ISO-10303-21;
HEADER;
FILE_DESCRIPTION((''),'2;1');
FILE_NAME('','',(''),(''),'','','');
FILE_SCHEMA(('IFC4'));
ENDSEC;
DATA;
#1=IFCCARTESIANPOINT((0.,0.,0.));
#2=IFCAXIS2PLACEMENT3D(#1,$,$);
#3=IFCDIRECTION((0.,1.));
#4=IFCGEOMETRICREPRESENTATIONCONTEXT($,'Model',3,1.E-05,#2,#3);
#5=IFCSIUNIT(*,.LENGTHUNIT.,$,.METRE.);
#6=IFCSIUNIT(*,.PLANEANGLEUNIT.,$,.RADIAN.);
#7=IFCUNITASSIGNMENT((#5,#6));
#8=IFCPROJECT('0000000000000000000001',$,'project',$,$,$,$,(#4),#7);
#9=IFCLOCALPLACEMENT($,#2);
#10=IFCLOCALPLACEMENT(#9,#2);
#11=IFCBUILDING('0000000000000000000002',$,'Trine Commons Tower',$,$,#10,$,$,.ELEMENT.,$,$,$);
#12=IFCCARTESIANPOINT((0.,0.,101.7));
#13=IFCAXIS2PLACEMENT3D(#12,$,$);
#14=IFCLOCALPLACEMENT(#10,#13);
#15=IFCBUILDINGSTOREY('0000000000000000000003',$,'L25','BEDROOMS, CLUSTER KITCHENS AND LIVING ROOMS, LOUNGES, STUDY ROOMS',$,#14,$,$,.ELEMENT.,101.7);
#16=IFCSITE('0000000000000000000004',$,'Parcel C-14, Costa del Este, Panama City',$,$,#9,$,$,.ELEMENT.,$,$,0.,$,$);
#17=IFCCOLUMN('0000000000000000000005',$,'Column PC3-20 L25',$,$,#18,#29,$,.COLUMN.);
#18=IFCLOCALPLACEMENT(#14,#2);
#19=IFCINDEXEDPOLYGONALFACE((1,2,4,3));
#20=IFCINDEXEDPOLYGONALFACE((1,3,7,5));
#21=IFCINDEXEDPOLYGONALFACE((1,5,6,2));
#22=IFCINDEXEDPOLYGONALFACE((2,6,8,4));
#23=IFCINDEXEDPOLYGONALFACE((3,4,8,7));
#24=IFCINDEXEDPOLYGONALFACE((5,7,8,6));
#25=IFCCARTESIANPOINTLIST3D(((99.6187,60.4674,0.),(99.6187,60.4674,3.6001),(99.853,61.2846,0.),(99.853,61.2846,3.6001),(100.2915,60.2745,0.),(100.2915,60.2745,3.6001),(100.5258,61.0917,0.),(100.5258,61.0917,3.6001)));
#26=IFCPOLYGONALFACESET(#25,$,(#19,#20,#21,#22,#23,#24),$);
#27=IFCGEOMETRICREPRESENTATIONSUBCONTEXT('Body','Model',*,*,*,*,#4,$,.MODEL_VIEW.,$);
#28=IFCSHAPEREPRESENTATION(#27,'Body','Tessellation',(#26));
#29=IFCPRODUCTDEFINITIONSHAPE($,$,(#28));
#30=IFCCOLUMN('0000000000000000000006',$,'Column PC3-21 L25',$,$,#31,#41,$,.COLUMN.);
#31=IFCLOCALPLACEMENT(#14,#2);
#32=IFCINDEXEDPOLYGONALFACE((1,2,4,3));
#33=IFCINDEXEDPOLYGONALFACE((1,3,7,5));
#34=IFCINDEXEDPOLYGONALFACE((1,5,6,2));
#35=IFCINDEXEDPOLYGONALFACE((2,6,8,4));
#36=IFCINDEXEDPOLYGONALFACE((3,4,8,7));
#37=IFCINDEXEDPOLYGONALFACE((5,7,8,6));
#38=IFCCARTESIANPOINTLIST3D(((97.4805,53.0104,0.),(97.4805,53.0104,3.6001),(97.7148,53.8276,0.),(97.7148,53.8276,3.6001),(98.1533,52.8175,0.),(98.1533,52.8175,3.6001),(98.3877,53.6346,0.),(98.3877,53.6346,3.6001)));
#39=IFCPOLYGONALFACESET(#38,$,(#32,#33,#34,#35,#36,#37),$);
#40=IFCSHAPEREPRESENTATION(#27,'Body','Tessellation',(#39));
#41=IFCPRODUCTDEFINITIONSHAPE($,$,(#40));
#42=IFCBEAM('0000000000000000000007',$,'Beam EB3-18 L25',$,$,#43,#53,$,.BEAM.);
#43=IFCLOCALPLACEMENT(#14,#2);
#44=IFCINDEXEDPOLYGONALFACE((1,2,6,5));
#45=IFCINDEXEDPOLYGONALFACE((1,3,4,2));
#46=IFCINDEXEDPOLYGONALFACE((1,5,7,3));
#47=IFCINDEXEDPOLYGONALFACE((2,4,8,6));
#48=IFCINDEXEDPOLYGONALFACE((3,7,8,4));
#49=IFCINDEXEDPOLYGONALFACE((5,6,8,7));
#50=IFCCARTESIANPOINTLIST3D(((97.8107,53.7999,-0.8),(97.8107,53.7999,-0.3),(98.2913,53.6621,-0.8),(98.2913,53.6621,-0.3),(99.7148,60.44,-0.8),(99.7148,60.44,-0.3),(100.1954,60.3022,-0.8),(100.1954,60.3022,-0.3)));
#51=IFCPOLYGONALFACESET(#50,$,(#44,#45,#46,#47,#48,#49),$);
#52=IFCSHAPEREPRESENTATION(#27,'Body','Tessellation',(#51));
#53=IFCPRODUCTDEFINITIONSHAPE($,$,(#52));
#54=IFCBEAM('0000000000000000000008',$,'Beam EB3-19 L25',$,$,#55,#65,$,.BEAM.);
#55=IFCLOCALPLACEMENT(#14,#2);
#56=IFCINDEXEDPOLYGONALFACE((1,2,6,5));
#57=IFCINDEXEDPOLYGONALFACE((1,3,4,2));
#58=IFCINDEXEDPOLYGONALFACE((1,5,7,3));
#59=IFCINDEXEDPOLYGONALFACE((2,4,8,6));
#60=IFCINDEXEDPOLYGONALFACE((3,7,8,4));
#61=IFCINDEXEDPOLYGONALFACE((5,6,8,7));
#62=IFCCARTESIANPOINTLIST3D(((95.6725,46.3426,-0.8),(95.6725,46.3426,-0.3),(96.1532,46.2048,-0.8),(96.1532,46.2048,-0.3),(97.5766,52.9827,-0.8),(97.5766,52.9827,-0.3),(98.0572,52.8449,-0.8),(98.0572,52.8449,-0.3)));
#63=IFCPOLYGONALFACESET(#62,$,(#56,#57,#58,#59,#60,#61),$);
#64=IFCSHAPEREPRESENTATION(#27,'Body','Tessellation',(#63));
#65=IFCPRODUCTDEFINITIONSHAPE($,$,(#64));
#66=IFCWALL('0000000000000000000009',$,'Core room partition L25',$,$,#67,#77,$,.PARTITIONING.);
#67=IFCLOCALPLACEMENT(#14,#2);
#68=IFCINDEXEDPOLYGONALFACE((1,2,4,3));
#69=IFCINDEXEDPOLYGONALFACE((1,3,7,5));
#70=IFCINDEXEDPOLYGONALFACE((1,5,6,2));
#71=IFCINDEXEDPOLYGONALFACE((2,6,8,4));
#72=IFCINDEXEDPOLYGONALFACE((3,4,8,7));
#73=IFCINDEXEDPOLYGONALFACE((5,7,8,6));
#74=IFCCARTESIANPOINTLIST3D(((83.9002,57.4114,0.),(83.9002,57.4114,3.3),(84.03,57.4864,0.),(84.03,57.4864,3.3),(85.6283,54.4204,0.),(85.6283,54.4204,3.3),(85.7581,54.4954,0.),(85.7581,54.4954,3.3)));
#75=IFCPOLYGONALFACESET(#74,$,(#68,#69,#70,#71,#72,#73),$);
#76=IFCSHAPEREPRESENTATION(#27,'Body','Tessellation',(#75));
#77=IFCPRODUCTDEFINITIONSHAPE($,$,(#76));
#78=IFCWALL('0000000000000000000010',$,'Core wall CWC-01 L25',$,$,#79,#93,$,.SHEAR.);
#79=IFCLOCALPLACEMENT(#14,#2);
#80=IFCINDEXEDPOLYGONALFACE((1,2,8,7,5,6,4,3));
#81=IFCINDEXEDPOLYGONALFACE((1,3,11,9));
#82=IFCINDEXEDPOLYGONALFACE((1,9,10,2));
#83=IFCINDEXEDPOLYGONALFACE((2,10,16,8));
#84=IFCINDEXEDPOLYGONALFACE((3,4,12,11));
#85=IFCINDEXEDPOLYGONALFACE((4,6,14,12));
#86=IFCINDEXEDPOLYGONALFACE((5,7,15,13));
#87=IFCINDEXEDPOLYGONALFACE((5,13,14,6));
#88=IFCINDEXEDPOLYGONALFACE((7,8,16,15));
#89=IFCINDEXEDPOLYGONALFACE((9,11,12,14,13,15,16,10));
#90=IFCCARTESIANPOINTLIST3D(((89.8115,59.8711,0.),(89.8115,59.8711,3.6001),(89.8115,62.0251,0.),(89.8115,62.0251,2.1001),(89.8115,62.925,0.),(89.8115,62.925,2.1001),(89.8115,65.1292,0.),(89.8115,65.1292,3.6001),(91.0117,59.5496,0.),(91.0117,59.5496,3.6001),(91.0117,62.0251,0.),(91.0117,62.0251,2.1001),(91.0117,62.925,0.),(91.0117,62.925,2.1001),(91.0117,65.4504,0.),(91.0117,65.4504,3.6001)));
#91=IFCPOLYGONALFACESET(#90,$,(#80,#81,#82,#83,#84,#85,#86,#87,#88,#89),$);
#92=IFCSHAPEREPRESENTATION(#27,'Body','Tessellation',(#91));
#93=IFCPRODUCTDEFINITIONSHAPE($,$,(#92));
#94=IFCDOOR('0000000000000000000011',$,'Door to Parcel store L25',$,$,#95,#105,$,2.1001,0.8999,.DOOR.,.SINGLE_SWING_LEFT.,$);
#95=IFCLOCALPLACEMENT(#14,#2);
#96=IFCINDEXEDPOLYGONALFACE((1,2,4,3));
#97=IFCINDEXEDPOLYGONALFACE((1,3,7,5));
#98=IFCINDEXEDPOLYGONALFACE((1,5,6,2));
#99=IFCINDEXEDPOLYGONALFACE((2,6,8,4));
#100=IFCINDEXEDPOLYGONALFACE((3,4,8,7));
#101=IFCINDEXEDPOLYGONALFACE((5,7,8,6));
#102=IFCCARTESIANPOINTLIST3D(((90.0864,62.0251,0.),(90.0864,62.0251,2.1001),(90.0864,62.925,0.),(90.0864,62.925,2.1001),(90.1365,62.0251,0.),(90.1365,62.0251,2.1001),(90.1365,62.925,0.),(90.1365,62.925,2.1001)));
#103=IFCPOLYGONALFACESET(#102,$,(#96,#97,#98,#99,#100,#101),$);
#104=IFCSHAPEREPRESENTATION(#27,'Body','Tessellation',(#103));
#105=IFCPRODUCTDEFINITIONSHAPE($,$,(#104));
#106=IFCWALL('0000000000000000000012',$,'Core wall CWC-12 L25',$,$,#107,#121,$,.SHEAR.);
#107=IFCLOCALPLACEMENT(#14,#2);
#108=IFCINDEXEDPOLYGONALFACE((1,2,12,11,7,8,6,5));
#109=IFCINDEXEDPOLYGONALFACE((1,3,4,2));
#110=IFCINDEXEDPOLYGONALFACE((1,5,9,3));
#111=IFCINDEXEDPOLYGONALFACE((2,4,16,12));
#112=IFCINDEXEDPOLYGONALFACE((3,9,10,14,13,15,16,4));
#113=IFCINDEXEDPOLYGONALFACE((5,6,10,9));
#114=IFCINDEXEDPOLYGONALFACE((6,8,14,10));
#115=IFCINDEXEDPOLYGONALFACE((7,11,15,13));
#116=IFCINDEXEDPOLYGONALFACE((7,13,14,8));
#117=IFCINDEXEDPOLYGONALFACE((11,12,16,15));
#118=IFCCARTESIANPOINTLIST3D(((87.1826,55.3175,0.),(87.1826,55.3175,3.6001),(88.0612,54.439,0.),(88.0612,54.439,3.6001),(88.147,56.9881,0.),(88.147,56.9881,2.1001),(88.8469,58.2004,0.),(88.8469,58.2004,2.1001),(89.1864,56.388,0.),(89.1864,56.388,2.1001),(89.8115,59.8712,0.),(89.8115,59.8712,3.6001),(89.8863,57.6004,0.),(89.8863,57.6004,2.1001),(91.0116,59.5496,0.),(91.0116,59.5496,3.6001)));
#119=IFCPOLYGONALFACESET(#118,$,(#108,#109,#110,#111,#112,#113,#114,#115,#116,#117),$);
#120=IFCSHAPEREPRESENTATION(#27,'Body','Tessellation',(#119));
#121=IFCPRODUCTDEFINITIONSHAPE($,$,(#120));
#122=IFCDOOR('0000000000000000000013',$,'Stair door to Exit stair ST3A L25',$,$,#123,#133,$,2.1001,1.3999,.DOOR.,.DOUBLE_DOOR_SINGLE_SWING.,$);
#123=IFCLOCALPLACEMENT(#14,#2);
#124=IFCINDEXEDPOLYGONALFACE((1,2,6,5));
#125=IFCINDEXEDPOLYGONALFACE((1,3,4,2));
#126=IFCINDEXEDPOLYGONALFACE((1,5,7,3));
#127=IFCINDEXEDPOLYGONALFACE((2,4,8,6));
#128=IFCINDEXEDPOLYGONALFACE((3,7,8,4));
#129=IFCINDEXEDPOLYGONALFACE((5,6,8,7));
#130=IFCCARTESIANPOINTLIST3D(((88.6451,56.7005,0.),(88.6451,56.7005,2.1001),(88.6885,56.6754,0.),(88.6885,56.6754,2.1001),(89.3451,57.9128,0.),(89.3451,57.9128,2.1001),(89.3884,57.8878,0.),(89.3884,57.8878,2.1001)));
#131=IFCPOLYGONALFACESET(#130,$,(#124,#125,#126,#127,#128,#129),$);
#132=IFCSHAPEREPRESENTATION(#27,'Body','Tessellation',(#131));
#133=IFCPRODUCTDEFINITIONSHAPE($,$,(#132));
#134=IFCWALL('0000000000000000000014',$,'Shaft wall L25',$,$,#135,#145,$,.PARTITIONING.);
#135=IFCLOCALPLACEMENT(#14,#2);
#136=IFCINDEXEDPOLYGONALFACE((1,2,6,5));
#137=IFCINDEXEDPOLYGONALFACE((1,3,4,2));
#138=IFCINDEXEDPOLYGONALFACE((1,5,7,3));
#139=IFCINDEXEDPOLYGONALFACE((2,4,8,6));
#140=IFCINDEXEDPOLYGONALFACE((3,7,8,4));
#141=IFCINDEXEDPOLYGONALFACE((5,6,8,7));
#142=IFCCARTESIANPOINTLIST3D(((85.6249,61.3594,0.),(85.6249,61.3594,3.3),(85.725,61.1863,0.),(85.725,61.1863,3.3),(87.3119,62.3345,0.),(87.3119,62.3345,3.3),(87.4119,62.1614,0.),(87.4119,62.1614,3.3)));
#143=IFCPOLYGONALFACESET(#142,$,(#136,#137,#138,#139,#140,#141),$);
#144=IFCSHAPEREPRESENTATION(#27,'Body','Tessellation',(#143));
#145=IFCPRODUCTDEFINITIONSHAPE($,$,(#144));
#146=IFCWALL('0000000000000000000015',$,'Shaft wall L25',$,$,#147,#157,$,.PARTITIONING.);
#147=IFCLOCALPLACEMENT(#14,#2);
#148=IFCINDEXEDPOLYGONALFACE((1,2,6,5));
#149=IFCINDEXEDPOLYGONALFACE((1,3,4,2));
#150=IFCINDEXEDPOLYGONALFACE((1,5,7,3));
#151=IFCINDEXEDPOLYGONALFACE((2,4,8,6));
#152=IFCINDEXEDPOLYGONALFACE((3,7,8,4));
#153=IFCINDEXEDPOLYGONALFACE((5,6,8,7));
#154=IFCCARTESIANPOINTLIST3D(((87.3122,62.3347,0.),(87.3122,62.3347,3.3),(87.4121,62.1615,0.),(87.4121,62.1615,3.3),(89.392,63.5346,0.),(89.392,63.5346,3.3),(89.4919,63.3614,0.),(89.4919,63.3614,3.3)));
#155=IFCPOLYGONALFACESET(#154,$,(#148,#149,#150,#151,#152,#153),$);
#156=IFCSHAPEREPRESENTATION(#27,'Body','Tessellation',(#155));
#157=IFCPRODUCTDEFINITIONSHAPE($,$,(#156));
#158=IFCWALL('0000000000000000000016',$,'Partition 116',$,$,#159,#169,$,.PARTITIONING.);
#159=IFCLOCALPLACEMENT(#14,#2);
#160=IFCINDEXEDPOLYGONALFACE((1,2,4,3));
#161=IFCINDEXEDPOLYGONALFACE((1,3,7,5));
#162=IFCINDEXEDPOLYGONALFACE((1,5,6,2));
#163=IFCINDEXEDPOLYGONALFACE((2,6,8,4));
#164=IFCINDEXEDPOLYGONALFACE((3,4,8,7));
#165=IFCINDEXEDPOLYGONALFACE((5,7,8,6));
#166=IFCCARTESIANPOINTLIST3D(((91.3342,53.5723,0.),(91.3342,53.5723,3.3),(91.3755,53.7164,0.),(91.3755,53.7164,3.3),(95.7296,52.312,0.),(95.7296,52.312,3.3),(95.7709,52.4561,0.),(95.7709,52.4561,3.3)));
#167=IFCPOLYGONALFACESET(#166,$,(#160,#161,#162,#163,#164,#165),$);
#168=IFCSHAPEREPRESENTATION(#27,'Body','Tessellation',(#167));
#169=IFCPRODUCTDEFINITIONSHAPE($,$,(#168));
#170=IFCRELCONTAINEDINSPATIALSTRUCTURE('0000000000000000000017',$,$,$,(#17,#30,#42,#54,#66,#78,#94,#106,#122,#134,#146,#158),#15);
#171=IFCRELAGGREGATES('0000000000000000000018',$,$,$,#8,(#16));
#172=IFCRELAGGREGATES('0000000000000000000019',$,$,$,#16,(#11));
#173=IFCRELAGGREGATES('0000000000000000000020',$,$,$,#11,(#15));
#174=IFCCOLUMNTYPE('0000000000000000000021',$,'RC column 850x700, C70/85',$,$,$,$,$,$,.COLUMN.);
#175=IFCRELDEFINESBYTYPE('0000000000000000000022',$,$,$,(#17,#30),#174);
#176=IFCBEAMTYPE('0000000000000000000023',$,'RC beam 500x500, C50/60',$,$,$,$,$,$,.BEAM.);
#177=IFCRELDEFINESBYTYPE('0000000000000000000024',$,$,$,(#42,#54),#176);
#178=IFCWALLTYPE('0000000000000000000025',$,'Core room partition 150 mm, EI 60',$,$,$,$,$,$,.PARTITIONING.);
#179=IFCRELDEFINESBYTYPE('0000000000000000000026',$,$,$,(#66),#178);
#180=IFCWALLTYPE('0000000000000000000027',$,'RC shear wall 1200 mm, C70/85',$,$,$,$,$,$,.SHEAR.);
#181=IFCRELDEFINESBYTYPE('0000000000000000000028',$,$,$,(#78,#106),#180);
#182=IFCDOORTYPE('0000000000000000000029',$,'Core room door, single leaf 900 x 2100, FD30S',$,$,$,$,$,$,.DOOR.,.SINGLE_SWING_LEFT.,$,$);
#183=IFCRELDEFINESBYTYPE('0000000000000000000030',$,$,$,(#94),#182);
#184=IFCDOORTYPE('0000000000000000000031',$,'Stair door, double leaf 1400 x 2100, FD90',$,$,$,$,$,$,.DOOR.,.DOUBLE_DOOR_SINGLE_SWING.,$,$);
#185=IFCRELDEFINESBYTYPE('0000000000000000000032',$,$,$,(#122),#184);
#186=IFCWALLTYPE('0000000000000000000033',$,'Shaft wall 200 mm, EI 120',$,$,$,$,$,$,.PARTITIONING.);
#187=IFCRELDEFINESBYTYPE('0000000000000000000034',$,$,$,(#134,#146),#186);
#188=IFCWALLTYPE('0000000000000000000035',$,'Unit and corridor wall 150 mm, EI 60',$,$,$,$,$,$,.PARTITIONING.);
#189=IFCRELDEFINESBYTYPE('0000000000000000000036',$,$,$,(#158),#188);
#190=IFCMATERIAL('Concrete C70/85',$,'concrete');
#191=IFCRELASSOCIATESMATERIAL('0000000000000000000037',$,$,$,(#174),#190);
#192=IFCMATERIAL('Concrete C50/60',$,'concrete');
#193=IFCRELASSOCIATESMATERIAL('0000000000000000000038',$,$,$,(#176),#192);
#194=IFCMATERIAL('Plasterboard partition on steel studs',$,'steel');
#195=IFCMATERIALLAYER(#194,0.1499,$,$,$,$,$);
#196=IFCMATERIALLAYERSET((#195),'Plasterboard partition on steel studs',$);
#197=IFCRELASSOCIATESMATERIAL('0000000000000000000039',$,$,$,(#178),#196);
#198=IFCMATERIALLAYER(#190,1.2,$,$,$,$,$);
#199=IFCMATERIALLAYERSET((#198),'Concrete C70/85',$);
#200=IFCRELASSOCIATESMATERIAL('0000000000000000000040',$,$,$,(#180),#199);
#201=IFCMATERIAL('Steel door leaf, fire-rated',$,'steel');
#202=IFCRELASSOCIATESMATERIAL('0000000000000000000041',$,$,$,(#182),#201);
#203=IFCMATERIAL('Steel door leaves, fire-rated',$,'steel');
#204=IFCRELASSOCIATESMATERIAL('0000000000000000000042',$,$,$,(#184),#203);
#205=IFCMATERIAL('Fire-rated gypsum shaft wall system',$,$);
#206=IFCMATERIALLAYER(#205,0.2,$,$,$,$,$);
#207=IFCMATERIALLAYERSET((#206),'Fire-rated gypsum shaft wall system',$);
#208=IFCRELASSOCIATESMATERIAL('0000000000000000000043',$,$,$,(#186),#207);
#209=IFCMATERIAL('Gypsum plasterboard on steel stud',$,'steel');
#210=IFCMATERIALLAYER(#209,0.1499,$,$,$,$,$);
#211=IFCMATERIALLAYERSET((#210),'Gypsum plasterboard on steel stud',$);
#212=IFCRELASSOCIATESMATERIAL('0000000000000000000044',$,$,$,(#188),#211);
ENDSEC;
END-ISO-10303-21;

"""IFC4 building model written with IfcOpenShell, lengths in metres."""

from ifc_helpers import new_model, si_unit, direction, frame, frame_2d, origin, origin_2d, place, context, subcontext, project, spatial, polyline, rectangle, outline, extrude, material, layer, layer_set, material_profile, profile_set, type_object, element, fill, save


model = new_model("IFC4")

# Units and contexts
model_context = context("Model", 3, precision=1e-05, world=origin(), true_north=direction((0.0, 1.0)))
body_context = subcontext(model_context, "Body", "Model", "MODEL_VIEW")
ifc_project = project(units=[si_unit("LENGTHUNIT", "METRE"), si_unit("PLANEANGLEUNIT", "RADIAN")], contexts=[model_context])

# Site, building, storey
site_placement = place(None, origin())
site = spatial("IfcSite", under=ifc_project, at=site_placement, Name="Parcel C-14, Costa del Este, Panama City", CompositionType="ELEMENT", RefElevation=0.0)
building_placement = place(site_placement, origin())
building = spatial("IfcBuilding", under=site, at=building_placement, Name="Trine Commons Tower", CompositionType="ELEMENT")
storey_placement = place(building_placement, frame((0.0, 0.0, 101.7)))
storey = spatial("IfcBuildingStorey", under=building, at=storey_placement, Name="L25", Description="BEDROOMS, CLUSTER KITCHENS AND LIVING ROOMS, LOUNGES, STUDY ROOMS", CompositionType="ELEMENT", Elevation=101.7)

# Columns
ifc_material_1 = material(Name="Concrete C70/85", Category="concrete")
ifc_material_profile_1 = material_profile(ifc_material_1, rectangle(XDim=0.8501, YDim=0.7, at=origin_2d()), Name="RC 850x700")
ifc_profile_set_1 = profile_set([ifc_material_profile_1], Name="Concrete C70/85")
column_type = type_object("IfcColumnType", Name="RC column 850x700, C70/85", PredefinedType="COLUMN", material=ifc_profile_set_1)
for number, where, z_axis, x_axis, name in (
    (1, (100.0723, 60.7795, 0.0), (0.0, 0.0, 1.0), (0.275637, 0.961262, 0.0), "Column PC3-20 L25"),
    (2, (97.9341, 53.3225, 0.0), (0.0, 0.0, 1.0), (0.275637, 0.961262, 0.0), "Column PC3-21 L25"),
):
    element("IfcColumn", number, at=place(storey_placement, frame(where, z_axis=z_axis, x_axis=x_axis)), inside=storey, type_object=column_type, Name=name, PredefinedType="COLUMN", context=body_context, shape_type="SweptSolid", body=[
        extrude(rectangle(XDim=0.8501, YDim=0.7, at=origin_2d()), origin(), (0.0, 0.0, 1.0), 3.6001),
    ])

# Beams
ifc_material_2 = material(Name="Concrete C50/60", Category="concrete")
ifc_material_profile_2 = material_profile(ifc_material_2, rectangle(XDim=0.5, YDim=0.5, at=origin_2d()), Name="RC 500x500")
ifc_profile_set_2 = profile_set([ifc_material_profile_2], Name="Concrete C50/60")
beam_type = type_object("IfcBeamType", Name="RC beam 500x500, C50/60", PredefinedType="BEAM", material=ifc_profile_set_2)
for number, where, z_axis, x_axis, name in (
    (3, (99.9551, 60.3711, -0.55), (-0.275641, -0.961261, 0.0), (0.961261, -0.275641, 0.0), "Beam EB3-18 L25"),
    (4, (97.8169, 52.9138, -0.55), (-0.275641, -0.961261, 0.0), (0.961261, -0.275641, 0.0), "Beam EB3-19 L25"),
):
    element("IfcBeam", number, at=place(storey_placement, frame(where, z_axis=z_axis, x_axis=x_axis)), inside=storey, type_object=beam_type, Name=name, PredefinedType="BEAM", context=body_context, shape_type="SweptSolid", body=[
        extrude(rectangle(XDim=0.5, YDim=0.5, at=origin_2d()), origin(), (0.0, 0.0, 1.0), 6.9077),
    ])

# Wall
ifc_material_3 = material(Name="Plasterboard partition on steel studs", Category="steel")
ifc_layer_1 = layer(ifc_material_3, 0.1499)
ifc_layer_set_1 = layer_set([ifc_layer_1], Name="Plasterboard partition on steel studs")
wall_type_1 = type_object("IfcWallType", Name="Core room partition 150 mm, EI 60", PredefinedType="PARTITIONING", material=ifc_layer_set_1)
wall_1_placement = place(storey_placement, frame((85.6931, 54.458, 0.0), z_axis=(0.0, 0.0, 1.0), x_axis=(-0.500259, 0.865876, 0.0)))
element("IfcWall", 5, at=wall_1_placement, inside=storey, type_object=wall_type_1, Name="Core room partition L25", PredefinedType="PARTITIONING", context=body_context, shape_type="SweptSolid", body=[
    extrude(rectangle(XDim=3.4543, YDim=0.1499, at=frame_2d((1.7271, 0.0))), origin(), (0.0, 0.0, 1.0), 3.3),
])

# Walls, openings, doors
ifc_layer_2 = layer(ifc_material_1, 1.2)
ifc_layer_set_2 = layer_set([ifc_layer_2], Name="Concrete C70/85")
wall_type_2 = type_object("IfcWallType", Name="RC shear wall 1200 mm, C70/85", PredefinedType="SHEAR", material=ifc_layer_set_2)
wall_2_placement = place(storey_placement, frame((90.4116, 59.5496, 0.0), z_axis=(0.0, 0.0, 1.0), x_axis=(0.0, 1.0, 0.0)))
wall_2 = element("IfcWall", 6, at=wall_2_placement, inside=storey, type_object=wall_type_2, Name="Core wall CWC-01 L25", PredefinedType="SHEAR", context=body_context, shape_type="SweptSolid", body=[
    extrude(outline(polyline([(0.0, -0.6001), (5.9009, -0.6001), (5.5796, 0.6001), (0.3215, 0.6001), (0.0, -0.6001)])), origin(), (0.0, 0.0, 1.0), 3.6001),
])
opening_1_placement = place(wall_2_placement, frame((2.4756, 0.0, 0.0)))
opening_1 = element("IfcOpeningElement", 7, at=opening_1_placement, cuts=wall_2, PredefinedType="OPENING", context=body_context, shape_type="SweptSolid", body=[
    extrude(rectangle(XDim=0.8999, YDim=2.1001, at=frame_2d((0.45, 1.05))), frame((0.0, 0.6099, 0.0), z_axis=(0.0, -1.0, 0.0), x_axis=(1.0, 0.0, 0.0)), (0.0, 0.0, 1.0), 1.22),
])
ifc_material_4 = material(Name="Steel door leaf, fire-rated", Category="steel")
door_type_1 = type_object("IfcDoorType", Name="Core room door, single leaf 900 x 2100, FD30S", OperationType="SINGLE_SWING_LEFT", PredefinedType="DOOR", material=ifc_material_4)
door_1_placement = place(opening_1_placement, origin())
door_1 = element("IfcDoor", 8, at=door_1_placement, inside=storey, type_object=door_type_1, Name="Door to Parcel store L25", OperationType="SINGLE_SWING_LEFT", OverallHeight=2.1001, OverallWidth=0.8999, PredefinedType="DOOR", context=body_context, shape_type="SweptSolid", body=[
    extrude(rectangle(XDim=0.8999, YDim=2.1001, at=frame_2d((0.45, 1.05))), frame((0.0, 0.3252, 0.0), z_axis=(0.0, -1.0, 0.0), x_axis=(1.0, 0.0, 0.0)), (0.0, 0.0, 1.0), 0.05),
])
fill(opening_1, door_1)
wall_3_placement = place(storey_placement, frame((87.5415, 54.739, 0.0), z_axis=(0.0, 0.0, 1.0), x_axis=(0.499979, 0.866037, 0.0)))
wall_3 = element("IfcWall", 9, at=wall_3_placement, inside=storey, type_object=wall_type_2, Name="Core wall CWC-12 L25", PredefinedType="SHEAR", context=body_context, shape_type="SweptSolid", body=[
    extrude(outline(polyline([(0.0, -0.6001), (5.9011, -0.6001), (5.5796, 0.6001), (0.3215, 0.6001), (0.0, -0.6001)])), origin(), (0.0, 0.0, 1.0), 3.6001),
])
opening_2_placement = place(wall_3_placement, frame((2.2505, 0.0, 0.0)))
opening_2 = element("IfcOpeningElement", 10, at=opening_2_placement, cuts=wall_3, PredefinedType="OPENING", context=body_context, shape_type="SweptSolid", body=[
    extrude(rectangle(XDim=1.3999, YDim=2.1001, at=frame_2d((0.7, 1.05))), frame((0.0, 0.6099, 0.0), z_axis=(0.0, -1.0, 0.0), x_axis=(1.0, 0.0, 0.0)), (0.0, 0.0, 1.0), 1.22),
])
ifc_material_5 = material(Name="Steel door leaves, fire-rated", Category="steel")
door_type_2 = type_object("IfcDoorType", Name="Stair door, double leaf 1400 x 2100, FD90", OperationType="DOUBLE_DOOR_SINGLE_SWING", PredefinedType="DOOR", material=ifc_material_5)
door_2_placement = place(opening_2_placement, origin())
door_2 = element("IfcDoor", 11, at=door_2_placement, inside=storey, type_object=door_type_2, Name="Stair door to Exit stair ST3A L25", OperationType="DOUBLE_DOOR_SINGLE_SWING", OverallHeight=2.1001, OverallWidth=1.3999, PredefinedType="DOOR", context=body_context, shape_type="SweptSolid", body=[
    extrude(rectangle(XDim=1.3999, YDim=2.1001, at=frame_2d((0.7, 1.05))), frame((0.0, 0.0249, 0.0), z_axis=(0.0, -1.0, 0.0), x_axis=(1.0, 0.0, 0.0)), (0.0, 0.0, 1.0), 0.05),
])
fill(opening_2, door_2)

# Walls
ifc_material_6 = material(Name="Fire-rated gypsum shaft wall system")
ifc_layer_3 = layer(ifc_material_6, 0.2)
ifc_layer_set_3 = layer_set([ifc_layer_3], Name="Fire-rated gypsum shaft wall system")
wall_type_3 = type_object("IfcWallType", Name="Shaft wall 200 mm, EI 120", PredefinedType="PARTITIONING", material=ifc_layer_set_3)
wall_4_placement = place(storey_placement, frame((85.675, 61.2729, 0.0), z_axis=(0.0, 0.0, 1.0), x_axis=(0.865781, 0.500424, 0.0)))
element("IfcWall", 12, at=wall_4_placement, inside=storey, type_object=wall_type_3, Name="Shaft wall L25", PredefinedType="PARTITIONING", context=body_context, shape_type="SweptSolid", body=[
    extrude(rectangle(XDim=1.9485, YDim=0.2, at=frame_2d((0.9741, 0.0))), origin(), (0.0, 0.0, 1.0), 3.3),
])
wall_5_placement = place(storey_placement, frame((87.3621, 62.248, 0.0), z_axis=(0.0, 0.0, 1.0), x_axis=(0.866177, 0.499737, 0.0)))
element("IfcWall", 13, at=wall_5_placement, inside=storey, type_object=wall_type_3, Name="Shaft wall L25", PredefinedType="PARTITIONING", context=body_context, shape_type="SweptSolid", body=[
    extrude(rectangle(XDim=2.4011, YDim=0.2, at=frame_2d((1.2007, 0.0))), origin(), (0.0, 0.0, 1.0), 3.3),
])
ifc_material_7 = material(Name="Gypsum plasterboard on steel stud", Category="steel")
ifc_layer_4 = layer(ifc_material_7, 0.1499)
ifc_layer_set_4 = layer_set([ifc_layer_4], Name="Gypsum plasterboard on steel stud")
wall_type_4 = type_object("IfcWallType", Name="Unit and corridor wall 150 mm, EI 60", PredefinedType="PARTITIONING", material=ifc_layer_set_4)
wall_6_placement = place(storey_placement, frame((91.355, 53.6443, 0.0), z_axis=(0.0, 0.0, 1.0), x_axis=(0.96127, -0.27561, 0.0)))
element("IfcWall", 14, at=wall_6_placement, inside=storey, type_object=wall_type_4, Name="Partition 116", PredefinedType="PARTITIONING", context=body_context, shape_type="SweptSolid", body=[
    extrude(rectangle(XDim=4.5725, YDim=0.1499, at=frame_2d((2.2861, 0.0))), origin(), (0.0, 0.0, 1.0), 3.3),
])

save(model, "model.ifc")
